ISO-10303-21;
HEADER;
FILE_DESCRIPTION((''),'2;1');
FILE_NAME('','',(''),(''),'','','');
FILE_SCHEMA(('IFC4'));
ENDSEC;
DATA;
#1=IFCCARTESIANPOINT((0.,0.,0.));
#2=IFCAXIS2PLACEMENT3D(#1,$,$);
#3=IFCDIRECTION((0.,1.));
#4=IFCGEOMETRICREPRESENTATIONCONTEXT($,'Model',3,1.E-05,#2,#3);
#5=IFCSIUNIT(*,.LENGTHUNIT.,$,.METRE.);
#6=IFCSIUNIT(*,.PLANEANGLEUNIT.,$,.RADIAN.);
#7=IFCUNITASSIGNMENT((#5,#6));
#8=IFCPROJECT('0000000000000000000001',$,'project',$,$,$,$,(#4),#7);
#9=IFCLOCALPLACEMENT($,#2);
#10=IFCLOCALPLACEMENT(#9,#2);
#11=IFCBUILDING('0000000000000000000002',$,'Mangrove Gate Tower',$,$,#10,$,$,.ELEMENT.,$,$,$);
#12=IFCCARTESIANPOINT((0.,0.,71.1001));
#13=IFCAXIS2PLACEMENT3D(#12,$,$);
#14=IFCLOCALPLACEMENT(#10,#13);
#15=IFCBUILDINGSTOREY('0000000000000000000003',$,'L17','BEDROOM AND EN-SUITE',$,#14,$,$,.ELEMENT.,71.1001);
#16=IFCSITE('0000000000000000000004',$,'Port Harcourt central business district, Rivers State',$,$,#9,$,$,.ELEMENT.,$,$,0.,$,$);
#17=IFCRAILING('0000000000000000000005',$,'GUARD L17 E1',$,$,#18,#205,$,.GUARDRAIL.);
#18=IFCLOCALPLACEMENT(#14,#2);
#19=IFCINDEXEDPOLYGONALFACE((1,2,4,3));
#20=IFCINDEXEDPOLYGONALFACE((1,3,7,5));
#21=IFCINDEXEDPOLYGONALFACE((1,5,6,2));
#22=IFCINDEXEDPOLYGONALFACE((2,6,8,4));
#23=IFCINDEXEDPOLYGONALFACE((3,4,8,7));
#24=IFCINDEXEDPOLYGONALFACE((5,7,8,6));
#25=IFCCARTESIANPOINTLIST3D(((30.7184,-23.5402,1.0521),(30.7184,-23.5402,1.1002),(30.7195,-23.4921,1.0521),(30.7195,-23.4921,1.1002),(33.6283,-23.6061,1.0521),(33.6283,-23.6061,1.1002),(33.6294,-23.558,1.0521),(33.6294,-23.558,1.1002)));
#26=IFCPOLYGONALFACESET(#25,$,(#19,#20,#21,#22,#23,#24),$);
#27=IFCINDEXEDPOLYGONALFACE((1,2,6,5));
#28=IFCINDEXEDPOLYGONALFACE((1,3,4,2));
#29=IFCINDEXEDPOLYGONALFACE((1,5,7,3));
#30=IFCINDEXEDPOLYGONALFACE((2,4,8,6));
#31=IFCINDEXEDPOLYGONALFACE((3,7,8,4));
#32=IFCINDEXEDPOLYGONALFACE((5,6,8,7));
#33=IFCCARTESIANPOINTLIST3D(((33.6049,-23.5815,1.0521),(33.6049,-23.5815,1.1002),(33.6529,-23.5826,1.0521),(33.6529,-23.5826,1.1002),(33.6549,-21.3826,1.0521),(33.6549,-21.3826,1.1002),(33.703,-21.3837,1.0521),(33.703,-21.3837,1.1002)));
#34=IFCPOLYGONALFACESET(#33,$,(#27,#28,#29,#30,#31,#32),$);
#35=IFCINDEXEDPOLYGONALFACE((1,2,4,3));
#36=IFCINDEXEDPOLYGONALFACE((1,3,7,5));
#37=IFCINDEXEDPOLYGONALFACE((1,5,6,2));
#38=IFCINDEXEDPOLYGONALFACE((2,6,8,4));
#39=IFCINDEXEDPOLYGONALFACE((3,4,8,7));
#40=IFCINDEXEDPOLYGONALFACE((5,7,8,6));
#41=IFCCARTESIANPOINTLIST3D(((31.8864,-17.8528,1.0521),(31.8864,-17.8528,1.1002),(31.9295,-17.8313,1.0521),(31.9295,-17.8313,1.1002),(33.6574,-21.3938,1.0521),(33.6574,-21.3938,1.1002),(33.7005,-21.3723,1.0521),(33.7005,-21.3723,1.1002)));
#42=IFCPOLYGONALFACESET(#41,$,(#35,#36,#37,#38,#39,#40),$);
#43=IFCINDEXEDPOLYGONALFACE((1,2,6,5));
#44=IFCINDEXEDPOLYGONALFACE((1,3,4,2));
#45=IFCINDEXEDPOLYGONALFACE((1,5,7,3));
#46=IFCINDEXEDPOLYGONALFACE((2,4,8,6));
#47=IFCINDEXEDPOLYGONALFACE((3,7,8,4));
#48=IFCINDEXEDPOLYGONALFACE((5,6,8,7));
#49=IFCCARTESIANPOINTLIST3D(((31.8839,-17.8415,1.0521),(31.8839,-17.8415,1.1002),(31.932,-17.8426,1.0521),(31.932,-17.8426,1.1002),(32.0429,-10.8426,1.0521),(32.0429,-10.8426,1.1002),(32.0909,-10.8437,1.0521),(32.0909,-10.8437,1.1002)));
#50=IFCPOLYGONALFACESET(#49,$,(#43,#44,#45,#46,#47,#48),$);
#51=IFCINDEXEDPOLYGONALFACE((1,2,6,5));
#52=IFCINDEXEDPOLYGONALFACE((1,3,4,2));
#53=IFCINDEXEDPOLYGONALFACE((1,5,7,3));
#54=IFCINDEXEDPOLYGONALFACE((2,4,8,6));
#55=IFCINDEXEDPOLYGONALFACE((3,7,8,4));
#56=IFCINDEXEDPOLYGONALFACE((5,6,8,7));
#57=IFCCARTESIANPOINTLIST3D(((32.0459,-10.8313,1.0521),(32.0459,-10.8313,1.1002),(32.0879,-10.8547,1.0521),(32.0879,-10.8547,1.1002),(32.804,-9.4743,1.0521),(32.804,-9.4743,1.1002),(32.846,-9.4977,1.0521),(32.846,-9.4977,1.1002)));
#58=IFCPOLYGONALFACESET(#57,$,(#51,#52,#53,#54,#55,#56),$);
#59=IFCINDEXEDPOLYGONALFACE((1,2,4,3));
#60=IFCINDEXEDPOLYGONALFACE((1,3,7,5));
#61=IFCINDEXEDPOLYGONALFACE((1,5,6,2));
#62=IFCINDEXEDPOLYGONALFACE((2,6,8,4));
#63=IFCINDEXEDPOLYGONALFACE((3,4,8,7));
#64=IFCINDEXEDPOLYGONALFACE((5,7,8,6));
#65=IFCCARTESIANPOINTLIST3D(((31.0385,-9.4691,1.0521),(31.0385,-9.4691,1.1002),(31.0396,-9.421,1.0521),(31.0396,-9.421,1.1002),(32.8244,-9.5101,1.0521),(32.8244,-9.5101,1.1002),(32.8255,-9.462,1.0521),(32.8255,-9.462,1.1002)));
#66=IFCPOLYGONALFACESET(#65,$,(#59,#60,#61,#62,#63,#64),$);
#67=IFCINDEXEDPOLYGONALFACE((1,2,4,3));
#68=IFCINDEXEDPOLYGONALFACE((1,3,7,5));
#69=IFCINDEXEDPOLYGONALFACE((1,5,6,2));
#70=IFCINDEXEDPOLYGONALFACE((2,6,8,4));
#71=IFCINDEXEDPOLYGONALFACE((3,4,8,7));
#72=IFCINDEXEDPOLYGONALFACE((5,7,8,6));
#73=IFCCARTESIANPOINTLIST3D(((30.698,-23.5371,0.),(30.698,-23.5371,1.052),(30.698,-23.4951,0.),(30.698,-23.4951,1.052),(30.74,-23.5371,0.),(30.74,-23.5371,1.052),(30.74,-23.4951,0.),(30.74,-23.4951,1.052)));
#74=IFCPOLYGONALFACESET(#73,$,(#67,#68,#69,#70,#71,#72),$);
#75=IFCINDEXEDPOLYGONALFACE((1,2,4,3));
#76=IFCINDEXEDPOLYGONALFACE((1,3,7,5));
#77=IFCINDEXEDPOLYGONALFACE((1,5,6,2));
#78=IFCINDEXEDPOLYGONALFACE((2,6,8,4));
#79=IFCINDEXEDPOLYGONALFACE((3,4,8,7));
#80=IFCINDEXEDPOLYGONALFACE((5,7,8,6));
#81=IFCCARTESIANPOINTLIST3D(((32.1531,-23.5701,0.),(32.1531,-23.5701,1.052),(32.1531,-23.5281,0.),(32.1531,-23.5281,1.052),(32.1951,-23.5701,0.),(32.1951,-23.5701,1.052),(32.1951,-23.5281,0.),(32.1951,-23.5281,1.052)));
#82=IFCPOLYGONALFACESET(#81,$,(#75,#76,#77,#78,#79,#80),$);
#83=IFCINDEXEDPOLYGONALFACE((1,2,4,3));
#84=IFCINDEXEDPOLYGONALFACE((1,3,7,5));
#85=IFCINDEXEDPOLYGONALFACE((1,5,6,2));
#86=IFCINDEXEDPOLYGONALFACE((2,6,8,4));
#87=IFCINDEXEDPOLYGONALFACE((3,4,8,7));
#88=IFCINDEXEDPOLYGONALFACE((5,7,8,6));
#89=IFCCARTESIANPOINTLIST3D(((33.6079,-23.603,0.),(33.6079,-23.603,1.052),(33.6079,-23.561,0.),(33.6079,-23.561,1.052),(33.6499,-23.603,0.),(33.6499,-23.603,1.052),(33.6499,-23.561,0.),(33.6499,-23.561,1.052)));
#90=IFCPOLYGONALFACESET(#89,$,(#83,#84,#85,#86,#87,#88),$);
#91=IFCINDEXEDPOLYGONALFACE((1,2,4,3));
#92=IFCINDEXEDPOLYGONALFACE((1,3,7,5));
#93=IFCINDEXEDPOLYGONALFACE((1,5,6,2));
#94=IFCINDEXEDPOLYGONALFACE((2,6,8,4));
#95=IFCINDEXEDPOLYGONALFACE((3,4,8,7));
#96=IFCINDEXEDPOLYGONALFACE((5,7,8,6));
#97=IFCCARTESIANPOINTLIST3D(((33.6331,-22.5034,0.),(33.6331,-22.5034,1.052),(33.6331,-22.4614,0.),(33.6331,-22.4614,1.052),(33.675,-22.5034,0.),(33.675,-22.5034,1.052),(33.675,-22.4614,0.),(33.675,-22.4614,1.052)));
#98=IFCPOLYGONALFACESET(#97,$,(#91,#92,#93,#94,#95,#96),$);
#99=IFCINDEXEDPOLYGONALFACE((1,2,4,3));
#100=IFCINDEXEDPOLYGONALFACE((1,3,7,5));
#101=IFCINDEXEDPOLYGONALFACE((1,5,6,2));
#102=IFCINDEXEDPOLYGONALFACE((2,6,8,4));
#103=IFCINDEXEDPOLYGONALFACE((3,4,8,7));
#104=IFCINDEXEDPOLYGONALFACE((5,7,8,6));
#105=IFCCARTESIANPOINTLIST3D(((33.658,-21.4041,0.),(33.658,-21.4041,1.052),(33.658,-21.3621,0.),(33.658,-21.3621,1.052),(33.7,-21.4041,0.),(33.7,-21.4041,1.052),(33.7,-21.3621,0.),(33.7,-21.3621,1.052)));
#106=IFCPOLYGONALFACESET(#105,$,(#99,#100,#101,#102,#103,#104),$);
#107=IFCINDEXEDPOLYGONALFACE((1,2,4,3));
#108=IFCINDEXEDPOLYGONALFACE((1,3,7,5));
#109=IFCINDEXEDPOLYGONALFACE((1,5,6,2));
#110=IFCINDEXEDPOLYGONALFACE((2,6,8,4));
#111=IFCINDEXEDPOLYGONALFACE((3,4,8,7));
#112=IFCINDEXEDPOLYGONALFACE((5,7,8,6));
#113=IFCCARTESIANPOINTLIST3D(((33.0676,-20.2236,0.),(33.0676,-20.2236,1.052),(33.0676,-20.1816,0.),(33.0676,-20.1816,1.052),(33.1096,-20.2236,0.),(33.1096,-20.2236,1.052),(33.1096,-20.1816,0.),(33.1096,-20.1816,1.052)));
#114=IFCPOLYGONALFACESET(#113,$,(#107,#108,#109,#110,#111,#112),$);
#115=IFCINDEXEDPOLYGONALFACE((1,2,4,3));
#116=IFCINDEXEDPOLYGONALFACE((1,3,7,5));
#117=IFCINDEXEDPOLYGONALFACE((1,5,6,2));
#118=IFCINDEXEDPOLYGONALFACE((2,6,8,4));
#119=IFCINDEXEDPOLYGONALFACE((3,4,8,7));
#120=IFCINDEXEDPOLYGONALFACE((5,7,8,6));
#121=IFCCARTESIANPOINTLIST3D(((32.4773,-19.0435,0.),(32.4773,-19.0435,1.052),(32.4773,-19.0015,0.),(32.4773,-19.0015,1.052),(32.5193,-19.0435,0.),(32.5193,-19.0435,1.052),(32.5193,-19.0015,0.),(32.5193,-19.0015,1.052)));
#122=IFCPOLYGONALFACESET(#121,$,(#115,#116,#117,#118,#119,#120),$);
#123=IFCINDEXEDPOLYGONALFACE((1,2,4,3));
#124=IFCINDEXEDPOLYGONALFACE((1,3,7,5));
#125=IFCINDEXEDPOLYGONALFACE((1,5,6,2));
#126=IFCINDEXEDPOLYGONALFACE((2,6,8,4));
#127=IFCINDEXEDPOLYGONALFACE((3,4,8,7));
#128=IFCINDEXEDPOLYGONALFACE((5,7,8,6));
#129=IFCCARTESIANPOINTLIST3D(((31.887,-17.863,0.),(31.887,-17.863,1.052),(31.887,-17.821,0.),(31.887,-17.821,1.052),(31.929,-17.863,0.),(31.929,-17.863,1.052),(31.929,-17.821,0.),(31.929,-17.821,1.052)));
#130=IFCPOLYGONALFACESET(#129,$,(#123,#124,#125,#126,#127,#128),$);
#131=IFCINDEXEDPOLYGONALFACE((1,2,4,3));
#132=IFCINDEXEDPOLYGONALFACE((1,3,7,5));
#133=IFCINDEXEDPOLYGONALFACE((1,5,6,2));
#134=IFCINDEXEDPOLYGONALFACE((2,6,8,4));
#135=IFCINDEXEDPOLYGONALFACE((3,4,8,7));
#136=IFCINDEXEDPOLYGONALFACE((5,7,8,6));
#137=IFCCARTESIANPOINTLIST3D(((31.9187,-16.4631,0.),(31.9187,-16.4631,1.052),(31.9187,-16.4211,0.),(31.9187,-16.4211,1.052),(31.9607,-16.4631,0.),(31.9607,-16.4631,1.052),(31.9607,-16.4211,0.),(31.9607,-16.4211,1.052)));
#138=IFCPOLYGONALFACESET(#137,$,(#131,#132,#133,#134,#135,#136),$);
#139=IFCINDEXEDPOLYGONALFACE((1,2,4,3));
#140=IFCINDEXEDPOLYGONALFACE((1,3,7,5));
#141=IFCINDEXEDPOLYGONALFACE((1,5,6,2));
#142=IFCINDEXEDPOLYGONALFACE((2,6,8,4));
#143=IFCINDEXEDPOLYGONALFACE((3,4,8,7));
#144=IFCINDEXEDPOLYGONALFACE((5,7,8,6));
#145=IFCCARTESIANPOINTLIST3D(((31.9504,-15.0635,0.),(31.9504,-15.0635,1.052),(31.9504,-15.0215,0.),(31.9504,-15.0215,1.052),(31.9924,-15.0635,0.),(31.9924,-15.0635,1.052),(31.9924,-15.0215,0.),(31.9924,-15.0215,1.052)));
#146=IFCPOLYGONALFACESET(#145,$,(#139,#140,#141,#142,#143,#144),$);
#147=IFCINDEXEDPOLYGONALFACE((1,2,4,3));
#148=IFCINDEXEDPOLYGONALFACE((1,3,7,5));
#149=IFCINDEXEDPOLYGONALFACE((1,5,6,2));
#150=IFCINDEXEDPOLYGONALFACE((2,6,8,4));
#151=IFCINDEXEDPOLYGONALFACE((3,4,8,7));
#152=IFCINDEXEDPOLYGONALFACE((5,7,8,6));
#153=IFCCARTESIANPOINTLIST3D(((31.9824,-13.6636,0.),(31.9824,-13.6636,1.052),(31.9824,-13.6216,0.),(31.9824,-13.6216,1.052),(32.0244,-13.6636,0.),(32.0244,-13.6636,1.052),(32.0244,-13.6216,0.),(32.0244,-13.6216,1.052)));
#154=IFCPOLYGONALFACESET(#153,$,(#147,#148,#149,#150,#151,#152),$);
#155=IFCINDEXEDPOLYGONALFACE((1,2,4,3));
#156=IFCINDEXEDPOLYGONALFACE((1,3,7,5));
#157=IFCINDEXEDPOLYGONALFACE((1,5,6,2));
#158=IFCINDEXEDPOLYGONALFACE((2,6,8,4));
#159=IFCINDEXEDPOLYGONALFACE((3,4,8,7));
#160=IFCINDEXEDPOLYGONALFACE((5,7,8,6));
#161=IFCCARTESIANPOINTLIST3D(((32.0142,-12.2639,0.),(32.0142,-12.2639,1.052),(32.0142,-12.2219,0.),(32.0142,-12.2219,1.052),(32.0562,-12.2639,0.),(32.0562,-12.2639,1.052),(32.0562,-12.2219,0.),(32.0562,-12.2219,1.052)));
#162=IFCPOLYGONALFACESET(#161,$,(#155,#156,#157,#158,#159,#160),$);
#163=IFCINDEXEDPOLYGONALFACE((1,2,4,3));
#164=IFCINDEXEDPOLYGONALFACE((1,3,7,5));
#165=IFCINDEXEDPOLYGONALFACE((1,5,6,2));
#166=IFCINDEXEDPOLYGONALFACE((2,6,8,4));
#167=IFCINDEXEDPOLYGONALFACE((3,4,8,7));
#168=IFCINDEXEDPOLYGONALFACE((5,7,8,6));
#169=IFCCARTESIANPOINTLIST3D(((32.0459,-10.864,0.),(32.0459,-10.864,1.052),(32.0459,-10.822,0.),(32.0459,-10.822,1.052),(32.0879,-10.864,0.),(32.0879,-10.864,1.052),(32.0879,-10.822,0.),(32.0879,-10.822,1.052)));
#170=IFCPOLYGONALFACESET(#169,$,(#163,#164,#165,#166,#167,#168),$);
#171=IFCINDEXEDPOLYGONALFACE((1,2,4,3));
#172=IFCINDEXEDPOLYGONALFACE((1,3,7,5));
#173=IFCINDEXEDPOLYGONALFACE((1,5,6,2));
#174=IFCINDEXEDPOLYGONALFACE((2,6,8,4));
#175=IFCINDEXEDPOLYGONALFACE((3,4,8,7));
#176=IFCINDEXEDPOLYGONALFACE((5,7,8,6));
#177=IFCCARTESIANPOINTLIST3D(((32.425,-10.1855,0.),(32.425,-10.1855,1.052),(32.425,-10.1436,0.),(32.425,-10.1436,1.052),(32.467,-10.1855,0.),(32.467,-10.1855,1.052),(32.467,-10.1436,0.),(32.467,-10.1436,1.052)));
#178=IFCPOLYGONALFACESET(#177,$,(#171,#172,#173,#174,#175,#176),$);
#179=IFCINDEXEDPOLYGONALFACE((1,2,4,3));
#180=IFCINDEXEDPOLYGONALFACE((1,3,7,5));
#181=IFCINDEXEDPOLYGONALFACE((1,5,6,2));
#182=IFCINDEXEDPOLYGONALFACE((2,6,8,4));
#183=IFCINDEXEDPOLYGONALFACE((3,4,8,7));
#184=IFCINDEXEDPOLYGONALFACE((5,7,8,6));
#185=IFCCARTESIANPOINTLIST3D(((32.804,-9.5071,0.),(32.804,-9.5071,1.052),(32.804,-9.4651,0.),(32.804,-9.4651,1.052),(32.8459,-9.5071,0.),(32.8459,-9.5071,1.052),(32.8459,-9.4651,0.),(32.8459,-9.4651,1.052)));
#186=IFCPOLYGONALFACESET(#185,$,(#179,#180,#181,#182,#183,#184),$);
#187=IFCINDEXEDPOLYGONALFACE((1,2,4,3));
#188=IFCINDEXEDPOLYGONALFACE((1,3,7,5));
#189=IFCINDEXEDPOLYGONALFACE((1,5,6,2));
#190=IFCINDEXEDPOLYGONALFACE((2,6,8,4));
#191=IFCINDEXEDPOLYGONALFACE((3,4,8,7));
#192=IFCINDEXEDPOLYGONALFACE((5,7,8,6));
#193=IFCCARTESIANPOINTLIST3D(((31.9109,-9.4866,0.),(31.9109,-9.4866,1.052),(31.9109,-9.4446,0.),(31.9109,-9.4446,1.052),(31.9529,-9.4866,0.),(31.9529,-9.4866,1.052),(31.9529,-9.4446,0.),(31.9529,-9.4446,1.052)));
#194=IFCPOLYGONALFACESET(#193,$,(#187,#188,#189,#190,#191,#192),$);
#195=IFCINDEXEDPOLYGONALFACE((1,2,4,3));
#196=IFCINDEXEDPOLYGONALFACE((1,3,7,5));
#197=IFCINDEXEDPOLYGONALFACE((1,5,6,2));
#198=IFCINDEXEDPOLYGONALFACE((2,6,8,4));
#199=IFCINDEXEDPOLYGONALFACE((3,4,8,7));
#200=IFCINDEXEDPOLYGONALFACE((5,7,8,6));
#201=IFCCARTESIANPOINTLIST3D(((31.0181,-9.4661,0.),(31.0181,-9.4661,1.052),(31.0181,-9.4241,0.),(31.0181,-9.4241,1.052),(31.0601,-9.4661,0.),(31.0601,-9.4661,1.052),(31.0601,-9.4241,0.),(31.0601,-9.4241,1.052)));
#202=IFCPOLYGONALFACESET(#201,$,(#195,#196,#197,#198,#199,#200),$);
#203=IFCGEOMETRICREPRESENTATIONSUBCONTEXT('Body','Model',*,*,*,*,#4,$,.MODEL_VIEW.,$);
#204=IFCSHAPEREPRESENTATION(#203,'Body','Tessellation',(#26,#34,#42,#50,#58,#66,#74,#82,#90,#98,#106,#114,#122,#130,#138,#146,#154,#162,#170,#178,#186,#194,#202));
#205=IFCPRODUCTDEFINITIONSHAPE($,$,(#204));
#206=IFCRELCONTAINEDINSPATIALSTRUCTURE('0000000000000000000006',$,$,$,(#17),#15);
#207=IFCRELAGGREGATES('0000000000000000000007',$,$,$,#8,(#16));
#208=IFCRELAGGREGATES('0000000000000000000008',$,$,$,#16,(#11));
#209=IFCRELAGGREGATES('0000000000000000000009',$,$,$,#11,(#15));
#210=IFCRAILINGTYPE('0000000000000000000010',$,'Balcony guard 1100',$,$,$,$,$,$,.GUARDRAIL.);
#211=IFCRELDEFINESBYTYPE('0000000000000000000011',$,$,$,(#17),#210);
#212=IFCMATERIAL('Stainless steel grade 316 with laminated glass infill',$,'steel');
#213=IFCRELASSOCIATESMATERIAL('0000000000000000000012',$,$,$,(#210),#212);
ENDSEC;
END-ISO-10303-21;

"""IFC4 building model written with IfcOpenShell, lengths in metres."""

from ifc_helpers import new_model, si_unit, direction, frame, origin, origin_2d, place, context, subcontext, project, spatial, rectangle, extrude, material, type_object, element, save


model = new_model("IFC4")

# Units and contexts
model_context = context("Model", 3, precision=1e-05, world=origin(), true_north=direction((0.0, 1.0)))
body_context = subcontext(model_context, "Body", "Model", "MODEL_VIEW")
ifc_project = project(units=[si_unit("LENGTHUNIT", "METRE"), si_unit("PLANEANGLEUNIT", "RADIAN")], contexts=[model_context])

# Site, building, storey
site_placement = place(None, origin())
site = spatial("IfcSite", under=ifc_project, at=site_placement, Name="Port Harcourt central business district, Rivers State", CompositionType="ELEMENT", RefElevation=0.0)
building_placement = place(site_placement, origin())
building = spatial("IfcBuilding", under=site, at=building_placement, Name="Mangrove Gate Tower", CompositionType="ELEMENT")
storey_placement = place(building_placement, frame((0.0, 0.0, 71.1001)))
storey = spatial("IfcBuildingStorey", under=building, at=storey_placement, Name="L17", Description="BEDROOM AND EN-SUITE", CompositionType="ELEMENT", Elevation=71.1001)

# Railing
ifc_material_1 = material(Name="Stainless steel grade 316 with laminated glass infill", Category="steel")
railing_type = type_object("IfcRailingType", Name="Balcony guard 1100", PredefinedType="GUARDRAIL", material=ifc_material_1)
railing_placement = place(storey_placement, frame((30.719, -23.5161, 0.0)))
element("IfcRailing", 1, at=railing_placement, inside=storey, type_object=railing_type, Name="GUARD L17 E1", PredefinedType="GUARDRAIL", context=body_context, shape_type="SweptSolid", body=[
    extrude(rectangle(XDim=0.0481, YDim=0.0481, at=origin_2d()), frame((0.0, 0.0, 1.0762), z_axis=(0.999744, -0.022647, 0.0), x_axis=(0.022647, 0.999744, 0.0)), (0.0, 0.0, 1.0), 2.9106),
    extrude(rectangle(XDim=0.0481, YDim=0.0481, at=origin_2d()), frame((2.9099, -0.0659, 1.0762), z_axis=(0.022754, 0.999741, 0.0), x_axis=(-0.999741, 0.022754, 0.0)), (0.0, 0.0, 1.0), 2.1995),
    extrude(rectangle(XDim=0.0481, YDim=0.0481, at=origin_2d()), frame((2.96, 2.1331, 1.0762), z_axis=(-0.447312, 0.894378, 0.0), x_axis=(-0.894378, -0.447312, 0.0)), (0.0, 0.0, 1.0), 3.9592),
    extrude(rectangle(XDim=0.0481, YDim=0.0481, at=origin_2d()), frame((1.189, 5.6741, 1.0762), z_axis=(0.022702, 0.999742, 0.0), x_axis=(-0.999742, 0.022702, 0.0)), (0.0, 0.0, 1.0), 7.0007),
    extrude(rectangle(XDim=0.0481, YDim=0.0481, at=origin_2d()), frame((1.3479, 12.6731, 1.0762), z_axis=(0.487709, 0.873006, 0.0), x_axis=(-0.873006, 0.487709, 0.0)), (0.0, 0.0, 1.0), 1.5544),
    extrude(rectangle(XDim=0.0481, YDim=0.0481, at=origin_2d()), frame((2.106, 14.03, 1.0762), z_axis=(-0.999736, 0.02296, 0.0), x_axis=(-0.02296, -0.999736, 0.0)), (0.0, 0.0, 1.0), 1.7864),
    extrude(rectangle(XDim=0.042, YDim=0.042, at=origin_2d()), origin(), (0.0, 0.0, 1.0), 1.052),
    extrude(rectangle(XDim=0.042, YDim=0.042, at=origin_2d()), frame((1.4551, -0.033, 0.0)), (0.0, 0.0, 1.0), 1.052),
    extrude(rectangle(XDim=0.042, YDim=0.042, at=origin_2d()), frame((2.9099, -0.0659, 0.0)), (0.0, 0.0, 1.0), 1.052),
    extrude(rectangle(XDim=0.042, YDim=0.042, at=origin_2d()), frame((2.9351, 1.0337, 0.0)), (0.0, 0.0, 1.0), 1.052),
    extrude(rectangle(XDim=0.042, YDim=0.042, at=origin_2d()), frame((2.96, 2.1331, 0.0)), (0.0, 0.0, 1.0), 1.052),
    extrude(rectangle(XDim=0.042, YDim=0.042, at=origin_2d()), frame((2.3696, 3.3135, 0.0)), (0.0, 0.0, 1.0), 1.052),
    extrude(rectangle(XDim=0.042, YDim=0.042, at=origin_2d()), frame((1.7793, 4.4937, 0.0)), (0.0, 0.0, 1.0), 1.052),
    extrude(rectangle(XDim=0.042, YDim=0.042, at=origin_2d()), frame((1.189, 5.6741, 0.0)), (0.0, 0.0, 1.0), 1.052),
    extrude(rectangle(XDim=0.042, YDim=0.042, at=origin_2d()), frame((1.2207, 7.074, 0.0)), (0.0, 0.0, 1.0), 1.052),
    extrude(rectangle(XDim=0.042, YDim=0.042, at=origin_2d()), frame((1.2524, 8.4736, 0.0)), (0.0, 0.0, 1.0), 1.052),
    extrude(rectangle(XDim=0.042, YDim=0.042, at=origin_2d()), frame((1.2844, 9.8735, 0.0)), (0.0, 0.0, 1.0), 1.052),
    extrude(rectangle(XDim=0.042, YDim=0.042, at=origin_2d()), frame((1.3162, 11.2732, 0.0)), (0.0, 0.0, 1.0), 1.052),
    extrude(rectangle(XDim=0.042, YDim=0.042, at=origin_2d()), frame((1.3479, 12.6731, 0.0)), (0.0, 0.0, 1.0), 1.052),
    extrude(rectangle(XDim=0.042, YDim=0.042, at=origin_2d()), frame((1.7271, 13.3516, 0.0)), (0.0, 0.0, 1.0), 1.052),
    extrude(rectangle(XDim=0.042, YDim=0.042, at=origin_2d()), frame((2.106, 14.03, 0.0)), (0.0, 0.0, 1.0), 1.052),
    extrude(rectangle(XDim=0.042, YDim=0.042, at=origin_2d()), frame((1.2129, 14.0505, 0.0)), (0.0, 0.0, 1.0), 1.052),
    extrude(rectangle(XDim=0.042, YDim=0.042, at=origin_2d()), frame((0.3201, 14.071, 0.0)), (0.0, 0.0, 1.0), 1.052),
])

save(model, "model.ifc")
